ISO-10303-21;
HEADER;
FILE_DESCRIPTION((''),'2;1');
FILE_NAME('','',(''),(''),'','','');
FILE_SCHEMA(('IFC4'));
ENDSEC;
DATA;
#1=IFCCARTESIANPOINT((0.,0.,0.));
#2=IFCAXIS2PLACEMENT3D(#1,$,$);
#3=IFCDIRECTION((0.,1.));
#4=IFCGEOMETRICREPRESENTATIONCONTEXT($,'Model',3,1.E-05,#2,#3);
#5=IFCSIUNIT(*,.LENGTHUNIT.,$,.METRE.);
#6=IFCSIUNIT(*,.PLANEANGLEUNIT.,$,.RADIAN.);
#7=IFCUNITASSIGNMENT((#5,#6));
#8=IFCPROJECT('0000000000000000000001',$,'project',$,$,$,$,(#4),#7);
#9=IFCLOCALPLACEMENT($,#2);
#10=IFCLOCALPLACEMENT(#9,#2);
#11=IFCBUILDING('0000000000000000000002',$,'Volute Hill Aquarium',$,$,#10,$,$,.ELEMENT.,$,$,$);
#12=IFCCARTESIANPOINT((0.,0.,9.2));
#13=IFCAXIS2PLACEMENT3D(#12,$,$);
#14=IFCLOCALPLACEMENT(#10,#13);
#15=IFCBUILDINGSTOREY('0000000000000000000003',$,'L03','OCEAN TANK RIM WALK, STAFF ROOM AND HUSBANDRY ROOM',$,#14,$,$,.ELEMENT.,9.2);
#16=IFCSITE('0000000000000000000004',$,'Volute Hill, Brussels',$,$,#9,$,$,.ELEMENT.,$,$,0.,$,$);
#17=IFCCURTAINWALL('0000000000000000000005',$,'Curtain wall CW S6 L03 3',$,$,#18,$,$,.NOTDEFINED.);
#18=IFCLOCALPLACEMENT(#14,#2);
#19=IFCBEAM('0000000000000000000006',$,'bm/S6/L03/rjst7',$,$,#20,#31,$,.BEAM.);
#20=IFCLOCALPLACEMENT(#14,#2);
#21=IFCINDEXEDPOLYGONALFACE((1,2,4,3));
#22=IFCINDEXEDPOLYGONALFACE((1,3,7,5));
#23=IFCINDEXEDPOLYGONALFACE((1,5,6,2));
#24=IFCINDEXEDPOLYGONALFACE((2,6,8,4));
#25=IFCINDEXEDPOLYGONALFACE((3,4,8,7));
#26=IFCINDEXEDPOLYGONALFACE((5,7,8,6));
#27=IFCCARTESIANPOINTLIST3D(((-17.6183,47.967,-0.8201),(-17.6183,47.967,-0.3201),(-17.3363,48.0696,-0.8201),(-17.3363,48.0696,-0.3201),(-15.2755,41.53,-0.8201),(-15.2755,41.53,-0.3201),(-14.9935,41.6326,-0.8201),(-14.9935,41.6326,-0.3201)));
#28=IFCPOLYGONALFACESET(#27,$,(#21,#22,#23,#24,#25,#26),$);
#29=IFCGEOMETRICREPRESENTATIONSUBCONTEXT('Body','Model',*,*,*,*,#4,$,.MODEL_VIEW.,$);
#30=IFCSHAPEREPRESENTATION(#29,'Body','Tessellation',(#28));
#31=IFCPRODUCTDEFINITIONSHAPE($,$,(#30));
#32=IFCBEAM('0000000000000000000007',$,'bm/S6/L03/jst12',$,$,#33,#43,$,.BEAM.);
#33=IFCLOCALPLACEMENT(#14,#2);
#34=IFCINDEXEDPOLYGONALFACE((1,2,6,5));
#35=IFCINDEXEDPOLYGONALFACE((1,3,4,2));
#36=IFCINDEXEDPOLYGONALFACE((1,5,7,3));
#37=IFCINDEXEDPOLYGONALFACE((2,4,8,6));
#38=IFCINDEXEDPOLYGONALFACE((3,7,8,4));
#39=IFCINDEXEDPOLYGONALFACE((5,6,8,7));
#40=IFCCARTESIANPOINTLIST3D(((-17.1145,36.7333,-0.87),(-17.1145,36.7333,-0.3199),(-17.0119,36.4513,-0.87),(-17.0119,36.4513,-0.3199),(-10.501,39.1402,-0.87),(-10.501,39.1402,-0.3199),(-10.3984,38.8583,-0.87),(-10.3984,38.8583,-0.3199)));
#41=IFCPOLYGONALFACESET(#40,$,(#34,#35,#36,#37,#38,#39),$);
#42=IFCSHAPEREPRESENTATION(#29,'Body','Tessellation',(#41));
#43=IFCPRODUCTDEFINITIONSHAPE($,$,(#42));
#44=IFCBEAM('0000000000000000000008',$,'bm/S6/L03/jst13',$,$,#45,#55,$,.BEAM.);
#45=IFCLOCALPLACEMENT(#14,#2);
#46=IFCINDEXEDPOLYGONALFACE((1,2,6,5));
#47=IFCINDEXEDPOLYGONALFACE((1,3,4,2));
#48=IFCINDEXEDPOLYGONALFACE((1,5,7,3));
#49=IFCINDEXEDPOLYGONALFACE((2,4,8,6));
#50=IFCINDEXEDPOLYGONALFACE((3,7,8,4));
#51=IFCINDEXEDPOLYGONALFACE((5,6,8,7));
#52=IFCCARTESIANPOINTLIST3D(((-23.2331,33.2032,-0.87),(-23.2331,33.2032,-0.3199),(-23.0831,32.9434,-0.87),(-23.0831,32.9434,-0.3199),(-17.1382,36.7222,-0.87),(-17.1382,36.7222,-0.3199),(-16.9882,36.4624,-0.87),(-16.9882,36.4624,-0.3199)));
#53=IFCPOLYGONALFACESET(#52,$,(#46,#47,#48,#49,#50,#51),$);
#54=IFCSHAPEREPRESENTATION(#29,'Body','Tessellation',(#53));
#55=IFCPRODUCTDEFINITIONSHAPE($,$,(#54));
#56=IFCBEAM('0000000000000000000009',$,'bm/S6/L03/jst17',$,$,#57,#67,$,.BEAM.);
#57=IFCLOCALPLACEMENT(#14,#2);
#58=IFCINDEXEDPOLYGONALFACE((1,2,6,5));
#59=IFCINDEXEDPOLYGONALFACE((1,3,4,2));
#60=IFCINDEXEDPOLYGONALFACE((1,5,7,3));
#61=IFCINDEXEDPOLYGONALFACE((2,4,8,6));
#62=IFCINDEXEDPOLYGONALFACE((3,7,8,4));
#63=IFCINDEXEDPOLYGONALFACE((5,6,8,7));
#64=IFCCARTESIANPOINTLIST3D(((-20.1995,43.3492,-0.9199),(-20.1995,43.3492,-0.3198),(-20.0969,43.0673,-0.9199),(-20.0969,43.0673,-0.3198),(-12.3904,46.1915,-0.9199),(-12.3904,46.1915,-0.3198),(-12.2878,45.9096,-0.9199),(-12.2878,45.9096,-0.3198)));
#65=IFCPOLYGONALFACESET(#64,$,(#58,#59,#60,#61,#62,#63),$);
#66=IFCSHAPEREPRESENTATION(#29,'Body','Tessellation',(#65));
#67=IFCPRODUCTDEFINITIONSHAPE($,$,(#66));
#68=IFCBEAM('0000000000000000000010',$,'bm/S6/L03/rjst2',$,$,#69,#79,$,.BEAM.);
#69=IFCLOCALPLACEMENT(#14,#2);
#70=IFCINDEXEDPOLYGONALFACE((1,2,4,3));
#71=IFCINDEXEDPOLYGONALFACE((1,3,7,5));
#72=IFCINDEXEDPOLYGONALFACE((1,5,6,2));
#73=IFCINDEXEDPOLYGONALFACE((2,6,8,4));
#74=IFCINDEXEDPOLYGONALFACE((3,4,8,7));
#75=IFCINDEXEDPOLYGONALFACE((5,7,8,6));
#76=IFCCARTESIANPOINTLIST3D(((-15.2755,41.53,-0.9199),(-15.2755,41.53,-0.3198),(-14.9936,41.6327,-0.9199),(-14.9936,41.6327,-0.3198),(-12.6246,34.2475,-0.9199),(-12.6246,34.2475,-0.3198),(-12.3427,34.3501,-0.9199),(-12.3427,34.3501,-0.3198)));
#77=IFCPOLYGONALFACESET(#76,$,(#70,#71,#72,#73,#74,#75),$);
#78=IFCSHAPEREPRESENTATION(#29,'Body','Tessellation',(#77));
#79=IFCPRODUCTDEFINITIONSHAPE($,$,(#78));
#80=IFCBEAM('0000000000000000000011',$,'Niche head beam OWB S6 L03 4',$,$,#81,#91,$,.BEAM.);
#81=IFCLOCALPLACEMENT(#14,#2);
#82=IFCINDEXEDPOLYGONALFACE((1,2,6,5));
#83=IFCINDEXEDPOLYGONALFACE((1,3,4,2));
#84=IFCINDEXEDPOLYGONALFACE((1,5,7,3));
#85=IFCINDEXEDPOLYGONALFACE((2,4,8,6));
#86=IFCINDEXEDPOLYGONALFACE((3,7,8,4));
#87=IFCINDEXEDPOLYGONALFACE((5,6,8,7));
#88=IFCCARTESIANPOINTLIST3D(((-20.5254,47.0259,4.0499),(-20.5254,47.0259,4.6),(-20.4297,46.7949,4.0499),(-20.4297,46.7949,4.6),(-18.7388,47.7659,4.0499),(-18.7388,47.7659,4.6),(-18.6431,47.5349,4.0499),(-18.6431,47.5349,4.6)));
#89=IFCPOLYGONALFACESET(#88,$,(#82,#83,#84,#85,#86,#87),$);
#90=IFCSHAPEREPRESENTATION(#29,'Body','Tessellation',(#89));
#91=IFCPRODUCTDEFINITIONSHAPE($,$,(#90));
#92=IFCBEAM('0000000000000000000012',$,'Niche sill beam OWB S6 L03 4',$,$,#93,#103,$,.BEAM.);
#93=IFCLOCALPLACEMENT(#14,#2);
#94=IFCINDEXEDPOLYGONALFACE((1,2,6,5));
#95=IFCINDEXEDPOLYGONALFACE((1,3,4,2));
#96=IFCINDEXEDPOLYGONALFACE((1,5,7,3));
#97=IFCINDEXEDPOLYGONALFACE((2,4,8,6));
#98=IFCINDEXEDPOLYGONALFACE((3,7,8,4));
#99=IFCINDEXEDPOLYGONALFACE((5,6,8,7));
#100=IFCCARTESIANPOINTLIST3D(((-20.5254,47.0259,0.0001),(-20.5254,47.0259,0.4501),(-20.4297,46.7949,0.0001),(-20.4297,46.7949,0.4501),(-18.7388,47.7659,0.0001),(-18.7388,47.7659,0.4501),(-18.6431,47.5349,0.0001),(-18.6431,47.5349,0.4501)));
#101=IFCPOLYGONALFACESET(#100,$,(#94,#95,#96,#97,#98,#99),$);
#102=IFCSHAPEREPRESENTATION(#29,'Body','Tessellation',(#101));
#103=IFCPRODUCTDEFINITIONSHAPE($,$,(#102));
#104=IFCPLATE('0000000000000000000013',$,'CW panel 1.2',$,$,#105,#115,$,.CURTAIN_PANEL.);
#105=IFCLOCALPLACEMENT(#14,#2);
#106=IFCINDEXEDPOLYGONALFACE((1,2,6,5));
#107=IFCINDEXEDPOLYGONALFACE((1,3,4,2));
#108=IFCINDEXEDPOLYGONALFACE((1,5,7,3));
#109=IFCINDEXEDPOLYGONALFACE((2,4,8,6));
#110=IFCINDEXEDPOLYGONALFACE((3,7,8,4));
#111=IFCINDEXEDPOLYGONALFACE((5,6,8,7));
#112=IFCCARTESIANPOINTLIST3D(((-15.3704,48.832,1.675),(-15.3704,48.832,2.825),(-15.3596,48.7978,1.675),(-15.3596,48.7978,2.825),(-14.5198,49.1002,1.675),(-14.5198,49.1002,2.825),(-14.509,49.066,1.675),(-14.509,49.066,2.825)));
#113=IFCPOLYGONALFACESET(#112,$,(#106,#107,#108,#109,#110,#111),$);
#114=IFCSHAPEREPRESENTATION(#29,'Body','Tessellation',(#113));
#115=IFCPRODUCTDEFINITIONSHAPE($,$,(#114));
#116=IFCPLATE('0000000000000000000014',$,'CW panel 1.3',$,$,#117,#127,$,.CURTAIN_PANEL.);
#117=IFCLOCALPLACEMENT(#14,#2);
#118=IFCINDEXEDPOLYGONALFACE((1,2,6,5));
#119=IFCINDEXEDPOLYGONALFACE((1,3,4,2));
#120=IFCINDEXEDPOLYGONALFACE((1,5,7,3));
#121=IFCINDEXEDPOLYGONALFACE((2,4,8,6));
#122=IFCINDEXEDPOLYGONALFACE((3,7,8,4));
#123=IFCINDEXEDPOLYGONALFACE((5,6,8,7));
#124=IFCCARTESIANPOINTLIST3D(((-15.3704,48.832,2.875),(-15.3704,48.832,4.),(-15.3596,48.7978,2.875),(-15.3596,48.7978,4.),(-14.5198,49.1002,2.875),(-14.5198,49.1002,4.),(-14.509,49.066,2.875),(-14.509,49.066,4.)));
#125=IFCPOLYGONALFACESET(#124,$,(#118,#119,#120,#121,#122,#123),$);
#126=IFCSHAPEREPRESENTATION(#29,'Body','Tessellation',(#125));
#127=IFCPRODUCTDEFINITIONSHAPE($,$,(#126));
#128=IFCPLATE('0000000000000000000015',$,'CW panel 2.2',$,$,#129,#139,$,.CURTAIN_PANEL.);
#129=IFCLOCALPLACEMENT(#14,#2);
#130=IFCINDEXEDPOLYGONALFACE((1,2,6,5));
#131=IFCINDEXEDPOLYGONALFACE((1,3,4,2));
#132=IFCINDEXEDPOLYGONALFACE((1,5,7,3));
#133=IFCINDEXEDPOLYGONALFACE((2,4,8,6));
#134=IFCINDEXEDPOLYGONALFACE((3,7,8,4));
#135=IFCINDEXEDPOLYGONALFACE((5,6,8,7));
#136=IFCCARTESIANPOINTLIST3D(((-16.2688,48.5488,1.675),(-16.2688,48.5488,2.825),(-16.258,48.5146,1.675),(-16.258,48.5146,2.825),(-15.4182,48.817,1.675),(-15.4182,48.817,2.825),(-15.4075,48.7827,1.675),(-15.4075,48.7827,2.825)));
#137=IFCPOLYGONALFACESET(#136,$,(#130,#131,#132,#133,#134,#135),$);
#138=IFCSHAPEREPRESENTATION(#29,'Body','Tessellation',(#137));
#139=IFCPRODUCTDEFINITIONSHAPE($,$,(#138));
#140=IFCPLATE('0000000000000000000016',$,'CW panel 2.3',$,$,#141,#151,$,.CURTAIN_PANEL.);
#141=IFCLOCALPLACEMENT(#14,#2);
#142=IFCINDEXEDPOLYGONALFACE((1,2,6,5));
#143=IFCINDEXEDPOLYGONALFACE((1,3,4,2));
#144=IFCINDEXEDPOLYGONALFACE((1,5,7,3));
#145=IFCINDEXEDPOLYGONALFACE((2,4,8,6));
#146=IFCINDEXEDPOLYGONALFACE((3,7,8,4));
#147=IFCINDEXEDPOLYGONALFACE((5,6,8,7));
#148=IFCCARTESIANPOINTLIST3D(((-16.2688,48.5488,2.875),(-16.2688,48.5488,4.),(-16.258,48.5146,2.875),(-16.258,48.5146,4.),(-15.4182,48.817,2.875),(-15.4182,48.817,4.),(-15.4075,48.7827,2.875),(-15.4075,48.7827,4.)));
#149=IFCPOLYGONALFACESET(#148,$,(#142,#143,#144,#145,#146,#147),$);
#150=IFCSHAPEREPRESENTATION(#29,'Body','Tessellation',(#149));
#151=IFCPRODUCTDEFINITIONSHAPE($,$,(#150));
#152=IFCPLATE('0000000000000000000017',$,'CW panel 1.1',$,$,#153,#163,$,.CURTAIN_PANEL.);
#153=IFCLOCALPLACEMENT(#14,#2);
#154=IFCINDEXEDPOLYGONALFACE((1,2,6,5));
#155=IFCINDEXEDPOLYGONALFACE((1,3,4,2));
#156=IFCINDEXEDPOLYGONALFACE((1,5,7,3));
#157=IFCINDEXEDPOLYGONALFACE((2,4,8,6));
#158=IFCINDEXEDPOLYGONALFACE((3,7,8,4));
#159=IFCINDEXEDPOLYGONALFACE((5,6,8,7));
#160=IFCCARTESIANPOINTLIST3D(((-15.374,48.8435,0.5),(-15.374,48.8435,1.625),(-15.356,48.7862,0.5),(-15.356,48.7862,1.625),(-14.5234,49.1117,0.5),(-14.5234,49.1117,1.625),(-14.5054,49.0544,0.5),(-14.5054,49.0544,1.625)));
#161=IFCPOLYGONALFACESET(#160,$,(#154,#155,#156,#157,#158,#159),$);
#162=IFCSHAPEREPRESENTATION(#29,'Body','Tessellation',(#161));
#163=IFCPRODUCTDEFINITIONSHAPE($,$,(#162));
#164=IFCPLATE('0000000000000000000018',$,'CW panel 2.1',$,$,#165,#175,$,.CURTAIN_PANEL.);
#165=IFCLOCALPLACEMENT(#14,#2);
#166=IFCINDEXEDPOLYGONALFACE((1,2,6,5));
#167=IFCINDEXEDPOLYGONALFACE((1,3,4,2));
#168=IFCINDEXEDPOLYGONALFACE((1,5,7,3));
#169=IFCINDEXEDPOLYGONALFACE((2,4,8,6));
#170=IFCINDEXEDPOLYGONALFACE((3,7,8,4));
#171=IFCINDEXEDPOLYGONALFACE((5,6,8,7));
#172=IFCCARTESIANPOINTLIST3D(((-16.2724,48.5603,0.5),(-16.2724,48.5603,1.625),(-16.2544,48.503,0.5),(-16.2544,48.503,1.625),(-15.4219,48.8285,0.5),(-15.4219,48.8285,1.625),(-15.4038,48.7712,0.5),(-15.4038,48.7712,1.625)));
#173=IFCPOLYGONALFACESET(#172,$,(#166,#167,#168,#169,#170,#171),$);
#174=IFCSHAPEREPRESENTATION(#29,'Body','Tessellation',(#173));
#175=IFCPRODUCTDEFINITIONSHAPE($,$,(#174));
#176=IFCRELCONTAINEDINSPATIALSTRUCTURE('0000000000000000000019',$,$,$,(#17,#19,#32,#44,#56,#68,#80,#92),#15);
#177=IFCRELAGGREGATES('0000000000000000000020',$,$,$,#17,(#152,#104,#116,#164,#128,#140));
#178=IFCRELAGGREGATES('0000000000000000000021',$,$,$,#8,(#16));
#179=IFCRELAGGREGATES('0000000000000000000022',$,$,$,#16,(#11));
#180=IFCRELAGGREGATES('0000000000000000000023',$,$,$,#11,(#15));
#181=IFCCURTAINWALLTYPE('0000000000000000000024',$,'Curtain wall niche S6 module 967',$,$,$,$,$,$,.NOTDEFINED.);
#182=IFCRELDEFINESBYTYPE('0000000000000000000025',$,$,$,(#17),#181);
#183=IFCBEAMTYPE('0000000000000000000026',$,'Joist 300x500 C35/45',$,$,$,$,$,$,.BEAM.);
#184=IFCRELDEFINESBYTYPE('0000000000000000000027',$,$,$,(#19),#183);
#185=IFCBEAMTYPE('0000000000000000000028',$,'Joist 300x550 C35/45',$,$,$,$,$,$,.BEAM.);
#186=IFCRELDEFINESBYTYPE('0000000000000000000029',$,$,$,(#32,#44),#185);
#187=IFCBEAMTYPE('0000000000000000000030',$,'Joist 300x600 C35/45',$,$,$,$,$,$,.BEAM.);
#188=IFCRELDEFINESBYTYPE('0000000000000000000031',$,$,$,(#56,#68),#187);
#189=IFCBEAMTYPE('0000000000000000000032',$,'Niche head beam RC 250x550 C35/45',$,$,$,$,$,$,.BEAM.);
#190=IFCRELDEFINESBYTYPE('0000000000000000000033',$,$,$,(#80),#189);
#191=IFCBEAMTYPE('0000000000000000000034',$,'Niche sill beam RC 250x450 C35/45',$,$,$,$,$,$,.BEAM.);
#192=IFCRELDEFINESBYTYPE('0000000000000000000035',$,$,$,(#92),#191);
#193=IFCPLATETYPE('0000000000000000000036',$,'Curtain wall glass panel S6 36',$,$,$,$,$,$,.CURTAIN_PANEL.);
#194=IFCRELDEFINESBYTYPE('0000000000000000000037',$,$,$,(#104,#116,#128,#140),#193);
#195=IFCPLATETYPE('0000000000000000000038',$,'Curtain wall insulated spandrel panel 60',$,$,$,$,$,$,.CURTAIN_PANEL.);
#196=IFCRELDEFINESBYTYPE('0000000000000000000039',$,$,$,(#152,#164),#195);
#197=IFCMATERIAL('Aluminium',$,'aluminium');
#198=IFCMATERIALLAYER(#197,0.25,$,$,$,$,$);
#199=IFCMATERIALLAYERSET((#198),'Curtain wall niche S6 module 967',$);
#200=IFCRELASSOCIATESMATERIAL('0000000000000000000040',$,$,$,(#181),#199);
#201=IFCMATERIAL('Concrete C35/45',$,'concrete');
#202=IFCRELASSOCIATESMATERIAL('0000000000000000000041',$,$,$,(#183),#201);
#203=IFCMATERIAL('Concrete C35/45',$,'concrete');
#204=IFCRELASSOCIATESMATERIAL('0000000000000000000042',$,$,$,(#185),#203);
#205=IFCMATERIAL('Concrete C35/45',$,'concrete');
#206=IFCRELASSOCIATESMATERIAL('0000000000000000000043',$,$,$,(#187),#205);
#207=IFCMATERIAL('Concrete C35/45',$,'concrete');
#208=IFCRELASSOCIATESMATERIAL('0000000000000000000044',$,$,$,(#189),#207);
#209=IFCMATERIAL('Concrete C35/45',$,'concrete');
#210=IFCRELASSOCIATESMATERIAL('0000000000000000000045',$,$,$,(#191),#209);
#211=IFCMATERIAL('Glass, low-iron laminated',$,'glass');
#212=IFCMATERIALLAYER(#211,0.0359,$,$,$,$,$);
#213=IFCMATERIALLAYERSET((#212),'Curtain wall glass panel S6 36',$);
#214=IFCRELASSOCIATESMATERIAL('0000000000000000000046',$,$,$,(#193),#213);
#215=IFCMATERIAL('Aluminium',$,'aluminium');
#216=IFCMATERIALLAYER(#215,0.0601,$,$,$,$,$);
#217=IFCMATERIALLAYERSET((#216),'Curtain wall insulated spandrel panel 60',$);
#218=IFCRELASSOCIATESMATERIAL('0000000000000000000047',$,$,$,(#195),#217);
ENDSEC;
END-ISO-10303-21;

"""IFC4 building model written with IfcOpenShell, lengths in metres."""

from ifc_helpers import new_model, si_unit, direction, frame, origin, origin_2d, place, context, subcontext, project, spatial, rectangle, extrude, material, layer, layer_set, material_profile, profile_set, type_object, element, aggregate, save


model = new_model("IFC4")

# Units and contexts
model_context = context("Model", 3, precision=1e-05, world=origin(), true_north=direction((0.0, 1.0)))
body_context = subcontext(model_context, "Body", "Model", "MODEL_VIEW")
ifc_project = project(units=[si_unit("LENGTHUNIT", "METRE"), si_unit("PLANEANGLEUNIT", "RADIAN")], contexts=[model_context])

# Site, building, storey
site_placement = place(None, origin())
site = spatial("IfcSite", under=ifc_project, at=site_placement, Name="Volute Hill, Brussels", CompositionType="ELEMENT", RefElevation=0.0)
building_placement = place(site_placement, origin())
building = spatial("IfcBuilding", under=site, at=building_placement, Name="Volute Hill Aquarium", CompositionType="ELEMENT")
storey_placement = place(building_placement, frame((0.0, 0.0, 9.2)))
storey = spatial("IfcBuildingStorey", under=building, at=storey_placement, Name="L03", Description="OCEAN TANK RIM WALK, STAFF ROOM AND HUSBANDRY ROOM", CompositionType="ELEMENT", Elevation=9.2)

# Curtain wall
ifc_material_1 = material(Name="Aluminium", Category="aluminium")
ifc_layer_1 = layer(ifc_material_1, 0.25)
ifc_layer_set_1 = layer_set([ifc_layer_1], Name="Curtain wall niche S6 module 967")
curtain_wall_type = type_object("IfcCurtainWallType", Name="Curtain wall niche S6 module 967", PredefinedType="NOTDEFINED", material=ifc_layer_set_1)
curtain_wall_placement = place(storey_placement, origin())
curtain_wall = element("IfcCurtainWall", 1, at=curtain_wall_placement, inside=storey, type_object=curtain_wall_type, Name="Curtain wall CW S6 L03 3", PredefinedType="NOTDEFINED")

# Beams
ifc_material_2 = material(Name="Concrete C35/45", Category="concrete")
ifc_material_profile_1 = material_profile(ifc_material_2, rectangle(XDim=0.3, YDim=0.5, at=origin_2d()), Name="RC joist 300x500")
ifc_profile_set_1 = profile_set([ifc_material_profile_1], Name="Concrete C35/45")
beam_type_1 = type_object("IfcBeamType", Name="Joist 300x500 C35/45", PredefinedType="BEAM", material=ifc_profile_set_1)
beam_1_placement = place(storey_placement, frame((-15.1345, 41.5813, -0.5701), z_axis=(-0.342006, 0.939698, 0.0), x_axis=(-0.939698, -0.342006, 0.0)))
element("IfcBeam", 2, at=beam_1_placement, inside=storey, type_object=beam_type_1, Name="bm/S6/L03/rjst7", PredefinedType="BEAM", context=body_context, shape_type="SweptSolid", body=[
    extrude(rectangle(XDim=0.3, YDim=0.5, at=origin_2d()), origin(), (0.0, 0.0, 1.0), 6.8501),
])
ifc_material_3 = material(Name="Concrete C35/45", Category="concrete")
ifc_material_profile_2 = material_profile(ifc_material_3, rectangle(XDim=0.3, YDim=0.55, at=origin_2d()), Name="RC joist 300x550")
ifc_profile_set_2 = profile_set([ifc_material_profile_2], Name="Concrete C35/45")
beam_type_2 = type_object("IfcBeamType", Name="Joist 300x550 C35/45", PredefinedType="BEAM", material=ifc_profile_set_2)
for number, where, z_axis, x_axis, name in (
    (3, (-10.4497, 38.9993, -0.595), (-0.939699, -0.342002, 0.0), (0.342002, -0.939699, 0.0), "bm/S6/L03/jst12"),
    (4, (-17.0632, 36.5923, -0.595), (-0.866019, -0.500012, 0.0), (0.500012, -0.866019, 0.0), "bm/S6/L03/jst13"),
):
    element("IfcBeam", number, at=place(storey_placement, frame(where, z_axis=z_axis, x_axis=x_axis)), inside=storey, type_object=beam_type_2, Name=name, PredefinedType="BEAM", context=body_context, shape_type="SweptSolid", body=[
        extrude(rectangle(XDim=0.3, YDim=0.55, at=origin_2d()), origin(), (0.0, 0.0, 1.0), 7.0378),
    ])
ifc_material_4 = material(Name="Concrete C35/45", Category="concrete")
ifc_material_profile_3 = material_profile(ifc_material_4, rectangle(XDim=0.3, YDim=0.6001, at=origin_2d()), Name="RC joist 300x600")
ifc_profile_set_3 = profile_set([ifc_material_profile_3], Name="Concrete C35/45")
beam_type_3 = type_object("IfcBeamType", Name="Joist 300x600 C35/45", PredefinedType="BEAM", material=ifc_profile_set_3)
beam_2_placement = place(storey_placement, frame((-12.3391, 46.0505, -0.6199), z_axis=(-0.939692, -0.342021, 0.0), x_axis=(0.342021, -0.939692, 0.0)))
element("IfcBeam", 5, at=beam_2_placement, inside=storey, type_object=beam_type_3, Name="bm/S6/L03/jst17", PredefinedType="BEAM", context=body_context, shape_type="SweptSolid", body=[
    extrude(rectangle(XDim=0.3, YDim=0.6001, at=origin_2d()), origin(), (0.0, 0.0, 1.0), 8.3103),
])
beam_3_placement = place(storey_placement, frame((-12.4836, 34.2988, -0.6199), z_axis=(-0.342052, 0.939681, 0.0), x_axis=(-0.939681, -0.342052, 0.0)))
element("IfcBeam", 6, at=beam_3_placement, inside=storey, type_object=beam_type_3, Name="bm/S6/L03/rjst2", PredefinedType="BEAM", context=body_context, shape_type="SweptSolid", body=[
    extrude(rectangle(XDim=0.3, YDim=0.6001, at=origin_2d()), origin(), (0.0, 0.0, 1.0), 7.75),
])
ifc_material_5 = material(Name="Concrete C35/45", Category="concrete")
ifc_material_profile_4 = material_profile(ifc_material_5, rectangle(XDim=0.25, YDim=0.55, at=origin_2d()), Name="RC beam 250x550")
ifc_profile_set_4 = profile_set([ifc_material_profile_4], Name="Concrete C35/45")
beam_type_4 = type_object("IfcBeamType", Name="Niche head beam RC 250x550 C35/45", PredefinedType="BEAM", material=ifc_profile_set_4)
beam_4_placement = place(storey_placement, frame((-18.6909, 47.6504, 4.325), z_axis=(-0.923889, -0.38266, 0.0), x_axis=(0.38266, -0.923889, 0.0)))
element("IfcBeam", 7, at=beam_4_placement, inside=storey, type_object=beam_type_4, Name="Niche head beam OWB S6 L03 4", PredefinedType="BEAM", context=body_context, shape_type="SweptSolid", body=[
    extrude(rectangle(XDim=0.25, YDim=0.55, at=origin_2d()), origin(), (0.0, 0.0, 1.0), 1.9338),
])
ifc_material_6 = material(Name="Concrete C35/45", Category="concrete")
ifc_material_profile_5 = material_profile(ifc_material_6, rectangle(XDim=0.25, YDim=0.45, at=origin_2d()), Name="RC beam 250x450")
ifc_profile_set_5 = profile_set([ifc_material_profile_5], Name="Concrete C35/45")
beam_type_5 = type_object("IfcBeamType", Name="Niche sill beam RC 250x450 C35/45", PredefinedType="BEAM", material=ifc_profile_set_5)
beam_5_placement = place(storey_placement, frame((-18.6909, 47.6504, 0.2251), z_axis=(-0.923889, -0.38266, 0.0), x_axis=(0.38266, -0.923889, 0.0)))
element("IfcBeam", 8, at=beam_5_placement, inside=storey, type_object=beam_type_5, Name="Niche sill beam OWB S6 L03 4", PredefinedType="BEAM", context=body_context, shape_type="SweptSolid", body=[
    extrude(rectangle(XDim=0.25, YDim=0.45, at=origin_2d()), origin(), (0.0, 0.0, 1.0), 1.9338),
])

# Plates
ifc_material_7 = material(Name="Glass, low-iron laminated", Category="glass")
ifc_layer_2 = layer(ifc_material_7, 0.0359)
ifc_layer_set_2 = layer_set([ifc_layer_2], Name="Curtain wall glass panel S6 36")
plate_type_1 = type_object("IfcPlateType", Name="Curtain wall glass panel S6 36", PredefinedType="CURTAIN_PANEL", material=ifc_layer_set_2)
plate_1_placement = place(storey_placement, frame((-14.9397, 48.949, 1.675), z_axis=(0.0, 0.0, 1.0), x_axis=(-0.953717, -0.300706, 0.0)))
plate_1 = element("IfcPlate", 9, at=plate_1_placement, type_object=plate_type_1, Name="CW panel 1.2", PredefinedType="CURTAIN_PANEL", context=body_context, shape_type="SweptSolid", body=[
    extrude(rectangle(XDim=0.8918, YDim=0.0359, at=origin_2d()), origin(), (0.0, 0.0, 1.0), 1.1499),
])
plate_2_placement = place(storey_placement, frame((-14.9397, 48.949, 2.875), z_axis=(0.0, 0.0, 1.0), x_axis=(-0.953717, -0.300706, 0.0)))
plate_2 = element("IfcPlate", 10, at=plate_2_placement, type_object=plate_type_1, Name="CW panel 1.3", PredefinedType="CURTAIN_PANEL", context=body_context, shape_type="SweptSolid", body=[
    extrude(rectangle(XDim=0.8918, YDim=0.0359, at=origin_2d()), origin(), (0.0, 0.0, 1.0), 1.125),
])
plate_3_placement = place(storey_placement, frame((-15.8381, 48.6658, 1.675), z_axis=(0.0, 0.0, 1.0), x_axis=(-0.953717, -0.300706, 0.0)))
plate_3 = element("IfcPlate", 11, at=plate_3_placement, type_object=plate_type_1, Name="CW panel 2.2", PredefinedType="CURTAIN_PANEL", context=body_context, shape_type="SweptSolid", body=[
    extrude(rectangle(XDim=0.8918, YDim=0.0359, at=origin_2d()), origin(), (0.0, 0.0, 1.0), 1.1499),
])
plate_4_placement = place(storey_placement, frame((-15.8381, 48.6658, 2.875), z_axis=(0.0, 0.0, 1.0), x_axis=(-0.953717, -0.300706, 0.0)))
plate_4 = element("IfcPlate", 12, at=plate_4_placement, type_object=plate_type_1, Name="CW panel 2.3", PredefinedType="CURTAIN_PANEL", context=body_context, shape_type="SweptSolid", body=[
    extrude(rectangle(XDim=0.8918, YDim=0.0359, at=origin_2d()), origin(), (0.0, 0.0, 1.0), 1.125),
])
ifc_material_8 = material(Name="Aluminium", Category="aluminium")
ifc_layer_3 = layer(ifc_material_8, 0.0601)
ifc_layer_set_3 = layer_set([ifc_layer_3], Name="Curtain wall insulated spandrel panel 60")
plate_type_2 = type_object("IfcPlateType", Name="Curtain wall insulated spandrel panel 60", PredefinedType="CURTAIN_PANEL", material=ifc_layer_set_3)
plate_5_placement = place(storey_placement, frame((-14.9397, 48.949, 0.5), z_axis=(0.0, 0.0, 1.0), x_axis=(-0.953717, -0.300706, 0.0)))
plate_5 = element("IfcPlate", 13, at=plate_5_placement, type_object=plate_type_2, Name="CW panel 1.1", PredefinedType="CURTAIN_PANEL", context=body_context, shape_type="SweptSolid", body=[
    extrude(rectangle(XDim=0.8918, YDim=0.0601, at=origin_2d()), origin(), (0.0, 0.0, 1.0), 1.125),
])
plate_6_placement = place(storey_placement, frame((-15.8381, 48.6658, 0.5), z_axis=(0.0, 0.0, 1.0), x_axis=(-0.953717, -0.300706, 0.0)))
plate_6 = element("IfcPlate", 14, at=plate_6_placement, type_object=plate_type_2, Name="CW panel 2.1", PredefinedType="CURTAIN_PANEL", context=body_context, shape_type="SweptSolid", body=[
    extrude(rectangle(XDim=0.8918, YDim=0.0601, at=origin_2d()), origin(), (0.0, 0.0, 1.0), 1.125),
])
aggregate(curtain_wall, [plate_5, plate_1, plate_2, plate_6, plate_3, plate_4])

save(model, "model.ifc")
